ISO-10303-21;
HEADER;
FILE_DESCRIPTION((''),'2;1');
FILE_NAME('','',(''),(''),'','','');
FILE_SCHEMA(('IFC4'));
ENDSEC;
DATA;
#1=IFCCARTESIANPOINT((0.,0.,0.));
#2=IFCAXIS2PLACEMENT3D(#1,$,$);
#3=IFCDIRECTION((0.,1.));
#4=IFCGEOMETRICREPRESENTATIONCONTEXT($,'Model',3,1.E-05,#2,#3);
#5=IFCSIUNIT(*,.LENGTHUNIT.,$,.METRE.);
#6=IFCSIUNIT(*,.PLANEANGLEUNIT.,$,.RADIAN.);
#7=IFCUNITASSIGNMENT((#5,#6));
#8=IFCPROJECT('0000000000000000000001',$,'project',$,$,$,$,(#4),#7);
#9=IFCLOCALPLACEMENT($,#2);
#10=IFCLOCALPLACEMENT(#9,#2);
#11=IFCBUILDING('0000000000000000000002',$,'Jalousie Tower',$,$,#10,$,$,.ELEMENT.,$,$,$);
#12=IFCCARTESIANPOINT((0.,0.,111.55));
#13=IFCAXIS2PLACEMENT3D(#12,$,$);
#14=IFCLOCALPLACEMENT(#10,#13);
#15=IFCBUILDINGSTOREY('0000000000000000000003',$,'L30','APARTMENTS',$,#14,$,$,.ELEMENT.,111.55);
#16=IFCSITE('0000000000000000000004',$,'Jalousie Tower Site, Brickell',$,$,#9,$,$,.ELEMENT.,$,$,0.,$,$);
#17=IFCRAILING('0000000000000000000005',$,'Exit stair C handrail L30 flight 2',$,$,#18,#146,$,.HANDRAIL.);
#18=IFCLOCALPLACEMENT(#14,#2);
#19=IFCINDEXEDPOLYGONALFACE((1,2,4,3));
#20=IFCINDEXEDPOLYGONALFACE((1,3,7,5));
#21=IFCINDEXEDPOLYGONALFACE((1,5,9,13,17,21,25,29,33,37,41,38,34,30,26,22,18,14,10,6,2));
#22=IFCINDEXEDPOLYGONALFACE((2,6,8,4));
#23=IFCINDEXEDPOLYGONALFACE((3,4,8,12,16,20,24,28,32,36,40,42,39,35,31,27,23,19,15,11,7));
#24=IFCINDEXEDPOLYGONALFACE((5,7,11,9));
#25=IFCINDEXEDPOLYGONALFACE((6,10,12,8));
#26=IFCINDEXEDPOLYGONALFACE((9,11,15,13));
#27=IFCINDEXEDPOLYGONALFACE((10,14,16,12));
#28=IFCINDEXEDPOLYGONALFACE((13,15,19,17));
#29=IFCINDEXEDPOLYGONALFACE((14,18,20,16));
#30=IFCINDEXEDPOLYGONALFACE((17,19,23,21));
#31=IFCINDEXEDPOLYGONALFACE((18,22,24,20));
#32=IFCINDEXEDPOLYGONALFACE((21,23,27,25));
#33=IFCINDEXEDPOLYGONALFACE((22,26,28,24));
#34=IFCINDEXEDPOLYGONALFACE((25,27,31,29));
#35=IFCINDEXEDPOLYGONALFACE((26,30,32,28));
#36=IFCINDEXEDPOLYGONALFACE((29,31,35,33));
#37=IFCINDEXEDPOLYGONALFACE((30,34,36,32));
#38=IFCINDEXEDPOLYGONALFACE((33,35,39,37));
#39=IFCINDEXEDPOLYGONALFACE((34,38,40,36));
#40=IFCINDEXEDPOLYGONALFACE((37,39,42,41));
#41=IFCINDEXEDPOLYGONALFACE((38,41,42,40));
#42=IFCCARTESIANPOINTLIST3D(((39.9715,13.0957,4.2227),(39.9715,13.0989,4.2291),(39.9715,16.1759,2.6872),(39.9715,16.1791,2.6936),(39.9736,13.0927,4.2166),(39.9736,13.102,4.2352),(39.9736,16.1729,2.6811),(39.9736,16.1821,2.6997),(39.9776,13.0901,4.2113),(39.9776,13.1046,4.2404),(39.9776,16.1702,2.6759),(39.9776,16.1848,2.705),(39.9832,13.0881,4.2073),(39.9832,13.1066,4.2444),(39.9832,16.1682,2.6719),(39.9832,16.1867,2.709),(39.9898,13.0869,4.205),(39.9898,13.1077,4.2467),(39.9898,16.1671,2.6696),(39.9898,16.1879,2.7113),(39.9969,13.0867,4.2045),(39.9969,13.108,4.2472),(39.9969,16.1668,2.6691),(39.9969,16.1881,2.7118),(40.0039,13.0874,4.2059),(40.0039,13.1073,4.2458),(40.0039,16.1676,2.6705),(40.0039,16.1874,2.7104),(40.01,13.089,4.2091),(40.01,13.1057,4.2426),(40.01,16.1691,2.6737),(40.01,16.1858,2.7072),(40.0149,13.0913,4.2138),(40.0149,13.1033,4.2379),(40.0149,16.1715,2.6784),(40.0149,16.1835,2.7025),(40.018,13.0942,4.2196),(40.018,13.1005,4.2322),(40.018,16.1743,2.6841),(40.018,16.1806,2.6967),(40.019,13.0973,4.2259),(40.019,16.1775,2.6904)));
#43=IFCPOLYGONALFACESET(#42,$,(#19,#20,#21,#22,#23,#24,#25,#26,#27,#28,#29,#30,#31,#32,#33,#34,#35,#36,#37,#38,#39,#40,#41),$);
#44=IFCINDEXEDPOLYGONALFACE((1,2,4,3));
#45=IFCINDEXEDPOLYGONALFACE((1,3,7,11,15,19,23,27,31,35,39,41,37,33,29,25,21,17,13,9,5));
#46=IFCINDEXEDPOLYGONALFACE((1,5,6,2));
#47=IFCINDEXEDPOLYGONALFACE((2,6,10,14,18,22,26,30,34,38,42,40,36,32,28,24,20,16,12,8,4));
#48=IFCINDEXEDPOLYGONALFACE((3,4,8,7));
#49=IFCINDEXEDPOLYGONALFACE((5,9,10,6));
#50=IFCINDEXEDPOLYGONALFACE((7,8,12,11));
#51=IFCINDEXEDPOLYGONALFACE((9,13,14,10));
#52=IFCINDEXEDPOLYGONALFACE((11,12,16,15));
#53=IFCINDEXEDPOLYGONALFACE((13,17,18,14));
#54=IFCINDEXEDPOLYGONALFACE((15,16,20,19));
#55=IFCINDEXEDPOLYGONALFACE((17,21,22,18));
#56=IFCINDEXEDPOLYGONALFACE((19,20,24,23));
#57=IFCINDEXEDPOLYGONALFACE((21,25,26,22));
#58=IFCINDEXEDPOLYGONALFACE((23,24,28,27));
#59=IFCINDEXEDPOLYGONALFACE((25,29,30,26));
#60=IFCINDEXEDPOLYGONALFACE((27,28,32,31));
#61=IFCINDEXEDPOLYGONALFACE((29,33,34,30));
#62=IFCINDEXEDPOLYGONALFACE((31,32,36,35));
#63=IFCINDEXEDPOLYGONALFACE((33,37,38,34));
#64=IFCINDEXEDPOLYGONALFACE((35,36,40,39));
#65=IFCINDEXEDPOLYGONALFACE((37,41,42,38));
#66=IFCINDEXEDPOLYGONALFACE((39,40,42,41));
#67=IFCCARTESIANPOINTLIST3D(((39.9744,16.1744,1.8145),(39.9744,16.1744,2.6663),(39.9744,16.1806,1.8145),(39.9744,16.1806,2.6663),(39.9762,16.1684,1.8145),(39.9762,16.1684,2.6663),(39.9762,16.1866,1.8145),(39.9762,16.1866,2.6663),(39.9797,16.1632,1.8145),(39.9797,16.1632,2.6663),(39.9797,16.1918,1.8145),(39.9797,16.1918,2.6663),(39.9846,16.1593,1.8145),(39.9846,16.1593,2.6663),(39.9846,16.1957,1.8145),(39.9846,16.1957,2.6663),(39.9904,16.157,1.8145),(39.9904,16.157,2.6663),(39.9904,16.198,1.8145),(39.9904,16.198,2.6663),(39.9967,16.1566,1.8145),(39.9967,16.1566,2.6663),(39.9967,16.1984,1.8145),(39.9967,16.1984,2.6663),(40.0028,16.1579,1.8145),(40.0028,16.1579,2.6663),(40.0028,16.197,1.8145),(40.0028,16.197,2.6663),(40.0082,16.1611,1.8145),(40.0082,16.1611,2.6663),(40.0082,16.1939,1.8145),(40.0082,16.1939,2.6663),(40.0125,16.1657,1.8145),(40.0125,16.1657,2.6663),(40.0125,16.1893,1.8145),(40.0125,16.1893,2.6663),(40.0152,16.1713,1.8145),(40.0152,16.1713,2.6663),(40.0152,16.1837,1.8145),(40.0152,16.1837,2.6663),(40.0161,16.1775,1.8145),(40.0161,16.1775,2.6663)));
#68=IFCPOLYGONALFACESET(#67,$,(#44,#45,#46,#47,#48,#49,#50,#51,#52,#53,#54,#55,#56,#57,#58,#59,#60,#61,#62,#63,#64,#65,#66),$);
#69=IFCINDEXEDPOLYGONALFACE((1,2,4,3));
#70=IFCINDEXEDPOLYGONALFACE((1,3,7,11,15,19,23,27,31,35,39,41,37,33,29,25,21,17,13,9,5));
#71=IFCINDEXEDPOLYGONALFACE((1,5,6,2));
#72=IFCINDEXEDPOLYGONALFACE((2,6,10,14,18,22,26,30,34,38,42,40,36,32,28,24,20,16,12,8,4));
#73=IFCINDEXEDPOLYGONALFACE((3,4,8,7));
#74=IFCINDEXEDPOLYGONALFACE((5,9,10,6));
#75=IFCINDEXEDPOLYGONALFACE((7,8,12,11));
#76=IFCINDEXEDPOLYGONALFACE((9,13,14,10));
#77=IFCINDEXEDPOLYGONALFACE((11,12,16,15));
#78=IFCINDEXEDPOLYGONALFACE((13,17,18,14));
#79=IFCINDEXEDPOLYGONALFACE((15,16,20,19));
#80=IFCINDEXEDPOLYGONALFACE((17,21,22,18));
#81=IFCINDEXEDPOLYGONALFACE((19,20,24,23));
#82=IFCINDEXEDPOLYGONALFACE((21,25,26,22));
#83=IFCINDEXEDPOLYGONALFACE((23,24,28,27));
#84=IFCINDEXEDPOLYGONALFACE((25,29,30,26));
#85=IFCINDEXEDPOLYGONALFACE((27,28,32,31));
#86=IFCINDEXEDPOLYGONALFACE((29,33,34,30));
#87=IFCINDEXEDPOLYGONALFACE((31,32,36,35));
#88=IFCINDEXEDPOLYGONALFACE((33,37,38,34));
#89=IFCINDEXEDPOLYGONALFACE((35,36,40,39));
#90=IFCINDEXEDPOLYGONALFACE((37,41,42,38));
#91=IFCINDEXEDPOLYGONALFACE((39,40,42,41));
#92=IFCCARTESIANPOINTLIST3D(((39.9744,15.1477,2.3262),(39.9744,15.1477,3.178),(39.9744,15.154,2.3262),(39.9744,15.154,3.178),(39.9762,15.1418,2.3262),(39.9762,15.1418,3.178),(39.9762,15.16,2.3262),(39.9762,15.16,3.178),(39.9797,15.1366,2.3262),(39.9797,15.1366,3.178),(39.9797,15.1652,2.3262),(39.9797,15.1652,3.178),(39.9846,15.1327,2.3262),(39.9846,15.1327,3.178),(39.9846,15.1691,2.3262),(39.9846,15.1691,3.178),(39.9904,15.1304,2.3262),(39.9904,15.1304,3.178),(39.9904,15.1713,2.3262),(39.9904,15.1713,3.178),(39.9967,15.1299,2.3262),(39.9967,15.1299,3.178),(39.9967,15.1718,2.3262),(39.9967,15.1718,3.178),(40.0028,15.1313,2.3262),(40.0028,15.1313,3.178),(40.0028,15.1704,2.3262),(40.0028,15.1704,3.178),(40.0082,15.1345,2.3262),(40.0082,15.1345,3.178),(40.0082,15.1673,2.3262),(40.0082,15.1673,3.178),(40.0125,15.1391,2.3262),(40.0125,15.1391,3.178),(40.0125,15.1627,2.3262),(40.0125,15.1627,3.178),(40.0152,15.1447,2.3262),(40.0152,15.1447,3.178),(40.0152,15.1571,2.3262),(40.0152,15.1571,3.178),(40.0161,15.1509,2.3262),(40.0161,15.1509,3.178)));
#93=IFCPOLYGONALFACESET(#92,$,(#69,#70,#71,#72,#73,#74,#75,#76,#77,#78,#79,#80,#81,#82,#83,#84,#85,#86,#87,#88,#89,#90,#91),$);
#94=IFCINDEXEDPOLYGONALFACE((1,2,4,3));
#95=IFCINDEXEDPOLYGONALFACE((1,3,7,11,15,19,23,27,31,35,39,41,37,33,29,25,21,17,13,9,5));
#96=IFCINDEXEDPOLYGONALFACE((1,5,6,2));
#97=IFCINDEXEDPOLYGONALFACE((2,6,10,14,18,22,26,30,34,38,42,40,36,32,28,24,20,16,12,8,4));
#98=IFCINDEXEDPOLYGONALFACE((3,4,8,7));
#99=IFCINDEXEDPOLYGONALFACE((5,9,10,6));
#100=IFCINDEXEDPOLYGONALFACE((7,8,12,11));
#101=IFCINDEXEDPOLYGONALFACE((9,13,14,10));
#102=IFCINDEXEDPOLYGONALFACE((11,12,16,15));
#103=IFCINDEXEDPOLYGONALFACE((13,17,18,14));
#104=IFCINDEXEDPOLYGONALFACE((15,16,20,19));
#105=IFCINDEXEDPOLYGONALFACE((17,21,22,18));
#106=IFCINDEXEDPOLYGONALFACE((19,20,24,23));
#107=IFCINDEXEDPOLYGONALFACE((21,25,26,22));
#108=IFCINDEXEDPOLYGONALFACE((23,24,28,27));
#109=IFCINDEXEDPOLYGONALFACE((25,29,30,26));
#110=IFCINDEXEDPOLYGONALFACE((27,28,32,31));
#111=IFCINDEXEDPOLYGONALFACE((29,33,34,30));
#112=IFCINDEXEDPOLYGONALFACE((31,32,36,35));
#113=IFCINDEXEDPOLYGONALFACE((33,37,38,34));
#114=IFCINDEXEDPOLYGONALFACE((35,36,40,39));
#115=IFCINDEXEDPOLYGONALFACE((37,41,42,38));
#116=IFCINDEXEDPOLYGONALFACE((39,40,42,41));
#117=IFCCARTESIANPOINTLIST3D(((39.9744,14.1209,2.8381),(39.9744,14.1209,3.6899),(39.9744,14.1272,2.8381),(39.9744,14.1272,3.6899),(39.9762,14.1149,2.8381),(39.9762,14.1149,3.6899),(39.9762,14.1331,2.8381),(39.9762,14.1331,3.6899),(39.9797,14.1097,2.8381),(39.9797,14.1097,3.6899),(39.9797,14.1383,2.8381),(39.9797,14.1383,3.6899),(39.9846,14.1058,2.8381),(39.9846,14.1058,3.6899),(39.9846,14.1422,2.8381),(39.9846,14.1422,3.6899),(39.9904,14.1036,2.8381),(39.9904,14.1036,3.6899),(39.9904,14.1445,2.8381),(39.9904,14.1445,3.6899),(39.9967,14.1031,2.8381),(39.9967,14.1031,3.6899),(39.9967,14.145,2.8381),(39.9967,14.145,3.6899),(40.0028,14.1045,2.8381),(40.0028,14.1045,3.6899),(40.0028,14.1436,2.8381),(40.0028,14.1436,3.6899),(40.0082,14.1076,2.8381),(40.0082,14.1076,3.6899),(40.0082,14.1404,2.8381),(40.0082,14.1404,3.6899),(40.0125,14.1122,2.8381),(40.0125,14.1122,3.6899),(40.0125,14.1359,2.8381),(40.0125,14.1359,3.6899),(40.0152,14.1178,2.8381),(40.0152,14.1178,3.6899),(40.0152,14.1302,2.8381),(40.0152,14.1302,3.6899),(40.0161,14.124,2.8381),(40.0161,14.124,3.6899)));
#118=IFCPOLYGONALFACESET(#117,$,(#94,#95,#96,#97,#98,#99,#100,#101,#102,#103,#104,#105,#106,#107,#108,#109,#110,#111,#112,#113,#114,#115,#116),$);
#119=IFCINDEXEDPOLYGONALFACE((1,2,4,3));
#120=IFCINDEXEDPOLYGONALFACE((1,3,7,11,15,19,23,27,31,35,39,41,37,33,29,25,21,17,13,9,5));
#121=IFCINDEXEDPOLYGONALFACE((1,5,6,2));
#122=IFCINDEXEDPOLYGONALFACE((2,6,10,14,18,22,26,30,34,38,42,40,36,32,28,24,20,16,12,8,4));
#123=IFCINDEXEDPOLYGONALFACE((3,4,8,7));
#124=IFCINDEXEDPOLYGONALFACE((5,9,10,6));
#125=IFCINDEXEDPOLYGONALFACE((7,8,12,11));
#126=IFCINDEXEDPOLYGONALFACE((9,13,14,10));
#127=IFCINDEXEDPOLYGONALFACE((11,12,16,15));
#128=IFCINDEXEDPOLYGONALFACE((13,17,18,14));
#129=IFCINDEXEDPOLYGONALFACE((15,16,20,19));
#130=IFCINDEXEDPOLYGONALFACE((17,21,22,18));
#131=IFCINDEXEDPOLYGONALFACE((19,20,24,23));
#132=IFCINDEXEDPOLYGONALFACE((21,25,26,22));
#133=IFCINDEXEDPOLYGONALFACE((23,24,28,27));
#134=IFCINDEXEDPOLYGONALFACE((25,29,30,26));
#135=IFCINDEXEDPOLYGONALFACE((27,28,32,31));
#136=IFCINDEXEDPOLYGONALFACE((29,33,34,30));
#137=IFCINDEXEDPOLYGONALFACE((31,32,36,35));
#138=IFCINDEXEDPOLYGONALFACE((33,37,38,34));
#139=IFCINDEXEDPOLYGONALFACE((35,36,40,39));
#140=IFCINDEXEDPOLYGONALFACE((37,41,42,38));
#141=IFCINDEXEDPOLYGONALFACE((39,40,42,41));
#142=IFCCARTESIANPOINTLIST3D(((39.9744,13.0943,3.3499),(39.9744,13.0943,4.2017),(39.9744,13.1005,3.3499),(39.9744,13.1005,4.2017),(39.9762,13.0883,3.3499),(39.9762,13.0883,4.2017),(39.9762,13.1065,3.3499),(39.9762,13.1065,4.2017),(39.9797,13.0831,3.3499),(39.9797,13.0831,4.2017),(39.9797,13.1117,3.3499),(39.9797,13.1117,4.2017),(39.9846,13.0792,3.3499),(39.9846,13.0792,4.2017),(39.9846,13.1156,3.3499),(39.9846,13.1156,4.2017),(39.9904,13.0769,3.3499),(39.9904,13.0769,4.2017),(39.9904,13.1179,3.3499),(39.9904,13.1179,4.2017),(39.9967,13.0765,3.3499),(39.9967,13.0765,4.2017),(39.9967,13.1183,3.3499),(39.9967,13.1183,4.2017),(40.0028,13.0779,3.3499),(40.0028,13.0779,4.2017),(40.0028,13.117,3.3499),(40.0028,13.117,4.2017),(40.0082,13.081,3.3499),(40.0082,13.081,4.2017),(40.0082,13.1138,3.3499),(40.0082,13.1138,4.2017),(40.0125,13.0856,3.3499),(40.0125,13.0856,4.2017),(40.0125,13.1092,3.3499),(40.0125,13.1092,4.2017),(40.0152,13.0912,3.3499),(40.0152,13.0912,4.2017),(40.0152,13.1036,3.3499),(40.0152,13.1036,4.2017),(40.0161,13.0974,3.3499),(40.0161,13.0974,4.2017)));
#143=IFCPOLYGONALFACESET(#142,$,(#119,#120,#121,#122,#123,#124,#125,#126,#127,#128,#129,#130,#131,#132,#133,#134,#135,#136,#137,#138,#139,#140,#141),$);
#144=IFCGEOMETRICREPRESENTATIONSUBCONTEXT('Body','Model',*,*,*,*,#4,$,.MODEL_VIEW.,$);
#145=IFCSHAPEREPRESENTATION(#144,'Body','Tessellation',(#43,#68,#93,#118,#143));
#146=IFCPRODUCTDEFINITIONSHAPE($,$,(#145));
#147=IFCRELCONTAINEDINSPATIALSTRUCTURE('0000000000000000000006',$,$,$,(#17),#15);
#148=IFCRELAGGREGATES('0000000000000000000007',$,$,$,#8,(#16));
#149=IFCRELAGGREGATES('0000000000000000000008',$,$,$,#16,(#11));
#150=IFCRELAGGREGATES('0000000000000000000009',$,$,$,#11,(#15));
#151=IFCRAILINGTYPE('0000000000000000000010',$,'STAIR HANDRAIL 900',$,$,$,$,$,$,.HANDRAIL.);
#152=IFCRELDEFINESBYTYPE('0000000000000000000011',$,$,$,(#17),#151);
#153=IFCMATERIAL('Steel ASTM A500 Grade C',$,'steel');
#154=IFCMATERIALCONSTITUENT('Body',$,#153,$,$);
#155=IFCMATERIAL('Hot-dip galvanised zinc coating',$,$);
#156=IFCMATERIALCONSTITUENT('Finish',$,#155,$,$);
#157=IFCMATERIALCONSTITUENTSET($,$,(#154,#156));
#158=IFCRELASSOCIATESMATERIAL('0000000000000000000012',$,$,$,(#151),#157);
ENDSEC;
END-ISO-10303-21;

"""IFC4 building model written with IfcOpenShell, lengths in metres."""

from ifc_helpers import new_model, si_unit, direction, frame, origin, origin_2d, place, context, subcontext, project, spatial, circle, extrude, material, constituent, constituent_set, type_object, element, save


model = new_model("IFC4")

# Units and contexts
model_context = context("Model", 3, precision=1e-05, world=origin(), true_north=direction((0.0, 1.0)))
body_context = subcontext(model_context, "Body", "Model", "MODEL_VIEW")
ifc_project = project(units=[si_unit("LENGTHUNIT", "METRE"), si_unit("PLANEANGLEUNIT", "RADIAN")], contexts=[model_context])

# Site, building, storey
site_placement = place(None, origin())
site = spatial("IfcSite", under=ifc_project, at=site_placement, Name="Jalousie Tower Site, Brickell", CompositionType="ELEMENT", RefElevation=0.0)
building_placement = place(site_placement, origin())
building = spatial("IfcBuilding", under=site, at=building_placement, Name="Jalousie Tower", CompositionType="ELEMENT")
storey_placement = place(building_placement, frame((0.0, 0.0, 111.55)))
storey = spatial("IfcBuildingStorey", under=building, at=storey_placement, Name="L30", Description="APARTMENTS", CompositionType="ELEMENT", Elevation=111.55)

# Railing
ifc_material_1 = material(Name="Steel ASTM A500 Grade C", Category="steel")
ifc_constituent_1 = constituent(ifc_material_1, Name="Body")
ifc_material_2 = material(Name="Hot-dip galvanised zinc coating")
ifc_constituent_2 = constituent(ifc_material_2, Name="Finish")
ifc_constituent_set_1 = constituent_set(constituents=[ifc_constituent_1, ifc_constituent_2])
railing_type_1 = type_object("IfcRailingType", Name="STAIR HANDRAIL 900", PredefinedType="HANDRAIL", material=ifc_constituent_set_1)
railing_1_placement = place(storey_placement, frame((39.9951, 16.1775, 1.8145)))
element("IfcRailing", 1, at=railing_1_placement, inside=storey, type_object=railing_type_1, Name="Exit stair C handrail L30 flight 2", PredefinedType="HANDRAIL", context=body_context, shape_type="SweptSolid", body=[
    extrude(circle(Radius=0.0239, at=origin_2d()), frame((0.0, 0.0, 0.876), z_axis=(0.0, -0.894966, 0.446135), x_axis=(1.0, 0.0, 0.0)), (0.0, 0.0, 1.0), 3.4417),
    extrude(circle(Radius=0.021, at=origin_2d()), origin(), (0.0, 0.0, 1.0), 0.8518),
    extrude(circle(Radius=0.021, at=origin_2d()), frame((0.0, -1.0266, 0.5117)), (0.0, 0.0, 1.0), 0.8518),
    extrude(circle(Radius=0.021, at=origin_2d()), frame((0.0, -2.0535, 1.0237)), (0.0, 0.0, 1.0), 0.8518),
    extrude(circle(Radius=0.021, at=origin_2d()), frame((0.0, -3.0801, 1.5354)), (0.0, 0.0, 1.0), 0.8518),
])

save(model, "model.ifc")
